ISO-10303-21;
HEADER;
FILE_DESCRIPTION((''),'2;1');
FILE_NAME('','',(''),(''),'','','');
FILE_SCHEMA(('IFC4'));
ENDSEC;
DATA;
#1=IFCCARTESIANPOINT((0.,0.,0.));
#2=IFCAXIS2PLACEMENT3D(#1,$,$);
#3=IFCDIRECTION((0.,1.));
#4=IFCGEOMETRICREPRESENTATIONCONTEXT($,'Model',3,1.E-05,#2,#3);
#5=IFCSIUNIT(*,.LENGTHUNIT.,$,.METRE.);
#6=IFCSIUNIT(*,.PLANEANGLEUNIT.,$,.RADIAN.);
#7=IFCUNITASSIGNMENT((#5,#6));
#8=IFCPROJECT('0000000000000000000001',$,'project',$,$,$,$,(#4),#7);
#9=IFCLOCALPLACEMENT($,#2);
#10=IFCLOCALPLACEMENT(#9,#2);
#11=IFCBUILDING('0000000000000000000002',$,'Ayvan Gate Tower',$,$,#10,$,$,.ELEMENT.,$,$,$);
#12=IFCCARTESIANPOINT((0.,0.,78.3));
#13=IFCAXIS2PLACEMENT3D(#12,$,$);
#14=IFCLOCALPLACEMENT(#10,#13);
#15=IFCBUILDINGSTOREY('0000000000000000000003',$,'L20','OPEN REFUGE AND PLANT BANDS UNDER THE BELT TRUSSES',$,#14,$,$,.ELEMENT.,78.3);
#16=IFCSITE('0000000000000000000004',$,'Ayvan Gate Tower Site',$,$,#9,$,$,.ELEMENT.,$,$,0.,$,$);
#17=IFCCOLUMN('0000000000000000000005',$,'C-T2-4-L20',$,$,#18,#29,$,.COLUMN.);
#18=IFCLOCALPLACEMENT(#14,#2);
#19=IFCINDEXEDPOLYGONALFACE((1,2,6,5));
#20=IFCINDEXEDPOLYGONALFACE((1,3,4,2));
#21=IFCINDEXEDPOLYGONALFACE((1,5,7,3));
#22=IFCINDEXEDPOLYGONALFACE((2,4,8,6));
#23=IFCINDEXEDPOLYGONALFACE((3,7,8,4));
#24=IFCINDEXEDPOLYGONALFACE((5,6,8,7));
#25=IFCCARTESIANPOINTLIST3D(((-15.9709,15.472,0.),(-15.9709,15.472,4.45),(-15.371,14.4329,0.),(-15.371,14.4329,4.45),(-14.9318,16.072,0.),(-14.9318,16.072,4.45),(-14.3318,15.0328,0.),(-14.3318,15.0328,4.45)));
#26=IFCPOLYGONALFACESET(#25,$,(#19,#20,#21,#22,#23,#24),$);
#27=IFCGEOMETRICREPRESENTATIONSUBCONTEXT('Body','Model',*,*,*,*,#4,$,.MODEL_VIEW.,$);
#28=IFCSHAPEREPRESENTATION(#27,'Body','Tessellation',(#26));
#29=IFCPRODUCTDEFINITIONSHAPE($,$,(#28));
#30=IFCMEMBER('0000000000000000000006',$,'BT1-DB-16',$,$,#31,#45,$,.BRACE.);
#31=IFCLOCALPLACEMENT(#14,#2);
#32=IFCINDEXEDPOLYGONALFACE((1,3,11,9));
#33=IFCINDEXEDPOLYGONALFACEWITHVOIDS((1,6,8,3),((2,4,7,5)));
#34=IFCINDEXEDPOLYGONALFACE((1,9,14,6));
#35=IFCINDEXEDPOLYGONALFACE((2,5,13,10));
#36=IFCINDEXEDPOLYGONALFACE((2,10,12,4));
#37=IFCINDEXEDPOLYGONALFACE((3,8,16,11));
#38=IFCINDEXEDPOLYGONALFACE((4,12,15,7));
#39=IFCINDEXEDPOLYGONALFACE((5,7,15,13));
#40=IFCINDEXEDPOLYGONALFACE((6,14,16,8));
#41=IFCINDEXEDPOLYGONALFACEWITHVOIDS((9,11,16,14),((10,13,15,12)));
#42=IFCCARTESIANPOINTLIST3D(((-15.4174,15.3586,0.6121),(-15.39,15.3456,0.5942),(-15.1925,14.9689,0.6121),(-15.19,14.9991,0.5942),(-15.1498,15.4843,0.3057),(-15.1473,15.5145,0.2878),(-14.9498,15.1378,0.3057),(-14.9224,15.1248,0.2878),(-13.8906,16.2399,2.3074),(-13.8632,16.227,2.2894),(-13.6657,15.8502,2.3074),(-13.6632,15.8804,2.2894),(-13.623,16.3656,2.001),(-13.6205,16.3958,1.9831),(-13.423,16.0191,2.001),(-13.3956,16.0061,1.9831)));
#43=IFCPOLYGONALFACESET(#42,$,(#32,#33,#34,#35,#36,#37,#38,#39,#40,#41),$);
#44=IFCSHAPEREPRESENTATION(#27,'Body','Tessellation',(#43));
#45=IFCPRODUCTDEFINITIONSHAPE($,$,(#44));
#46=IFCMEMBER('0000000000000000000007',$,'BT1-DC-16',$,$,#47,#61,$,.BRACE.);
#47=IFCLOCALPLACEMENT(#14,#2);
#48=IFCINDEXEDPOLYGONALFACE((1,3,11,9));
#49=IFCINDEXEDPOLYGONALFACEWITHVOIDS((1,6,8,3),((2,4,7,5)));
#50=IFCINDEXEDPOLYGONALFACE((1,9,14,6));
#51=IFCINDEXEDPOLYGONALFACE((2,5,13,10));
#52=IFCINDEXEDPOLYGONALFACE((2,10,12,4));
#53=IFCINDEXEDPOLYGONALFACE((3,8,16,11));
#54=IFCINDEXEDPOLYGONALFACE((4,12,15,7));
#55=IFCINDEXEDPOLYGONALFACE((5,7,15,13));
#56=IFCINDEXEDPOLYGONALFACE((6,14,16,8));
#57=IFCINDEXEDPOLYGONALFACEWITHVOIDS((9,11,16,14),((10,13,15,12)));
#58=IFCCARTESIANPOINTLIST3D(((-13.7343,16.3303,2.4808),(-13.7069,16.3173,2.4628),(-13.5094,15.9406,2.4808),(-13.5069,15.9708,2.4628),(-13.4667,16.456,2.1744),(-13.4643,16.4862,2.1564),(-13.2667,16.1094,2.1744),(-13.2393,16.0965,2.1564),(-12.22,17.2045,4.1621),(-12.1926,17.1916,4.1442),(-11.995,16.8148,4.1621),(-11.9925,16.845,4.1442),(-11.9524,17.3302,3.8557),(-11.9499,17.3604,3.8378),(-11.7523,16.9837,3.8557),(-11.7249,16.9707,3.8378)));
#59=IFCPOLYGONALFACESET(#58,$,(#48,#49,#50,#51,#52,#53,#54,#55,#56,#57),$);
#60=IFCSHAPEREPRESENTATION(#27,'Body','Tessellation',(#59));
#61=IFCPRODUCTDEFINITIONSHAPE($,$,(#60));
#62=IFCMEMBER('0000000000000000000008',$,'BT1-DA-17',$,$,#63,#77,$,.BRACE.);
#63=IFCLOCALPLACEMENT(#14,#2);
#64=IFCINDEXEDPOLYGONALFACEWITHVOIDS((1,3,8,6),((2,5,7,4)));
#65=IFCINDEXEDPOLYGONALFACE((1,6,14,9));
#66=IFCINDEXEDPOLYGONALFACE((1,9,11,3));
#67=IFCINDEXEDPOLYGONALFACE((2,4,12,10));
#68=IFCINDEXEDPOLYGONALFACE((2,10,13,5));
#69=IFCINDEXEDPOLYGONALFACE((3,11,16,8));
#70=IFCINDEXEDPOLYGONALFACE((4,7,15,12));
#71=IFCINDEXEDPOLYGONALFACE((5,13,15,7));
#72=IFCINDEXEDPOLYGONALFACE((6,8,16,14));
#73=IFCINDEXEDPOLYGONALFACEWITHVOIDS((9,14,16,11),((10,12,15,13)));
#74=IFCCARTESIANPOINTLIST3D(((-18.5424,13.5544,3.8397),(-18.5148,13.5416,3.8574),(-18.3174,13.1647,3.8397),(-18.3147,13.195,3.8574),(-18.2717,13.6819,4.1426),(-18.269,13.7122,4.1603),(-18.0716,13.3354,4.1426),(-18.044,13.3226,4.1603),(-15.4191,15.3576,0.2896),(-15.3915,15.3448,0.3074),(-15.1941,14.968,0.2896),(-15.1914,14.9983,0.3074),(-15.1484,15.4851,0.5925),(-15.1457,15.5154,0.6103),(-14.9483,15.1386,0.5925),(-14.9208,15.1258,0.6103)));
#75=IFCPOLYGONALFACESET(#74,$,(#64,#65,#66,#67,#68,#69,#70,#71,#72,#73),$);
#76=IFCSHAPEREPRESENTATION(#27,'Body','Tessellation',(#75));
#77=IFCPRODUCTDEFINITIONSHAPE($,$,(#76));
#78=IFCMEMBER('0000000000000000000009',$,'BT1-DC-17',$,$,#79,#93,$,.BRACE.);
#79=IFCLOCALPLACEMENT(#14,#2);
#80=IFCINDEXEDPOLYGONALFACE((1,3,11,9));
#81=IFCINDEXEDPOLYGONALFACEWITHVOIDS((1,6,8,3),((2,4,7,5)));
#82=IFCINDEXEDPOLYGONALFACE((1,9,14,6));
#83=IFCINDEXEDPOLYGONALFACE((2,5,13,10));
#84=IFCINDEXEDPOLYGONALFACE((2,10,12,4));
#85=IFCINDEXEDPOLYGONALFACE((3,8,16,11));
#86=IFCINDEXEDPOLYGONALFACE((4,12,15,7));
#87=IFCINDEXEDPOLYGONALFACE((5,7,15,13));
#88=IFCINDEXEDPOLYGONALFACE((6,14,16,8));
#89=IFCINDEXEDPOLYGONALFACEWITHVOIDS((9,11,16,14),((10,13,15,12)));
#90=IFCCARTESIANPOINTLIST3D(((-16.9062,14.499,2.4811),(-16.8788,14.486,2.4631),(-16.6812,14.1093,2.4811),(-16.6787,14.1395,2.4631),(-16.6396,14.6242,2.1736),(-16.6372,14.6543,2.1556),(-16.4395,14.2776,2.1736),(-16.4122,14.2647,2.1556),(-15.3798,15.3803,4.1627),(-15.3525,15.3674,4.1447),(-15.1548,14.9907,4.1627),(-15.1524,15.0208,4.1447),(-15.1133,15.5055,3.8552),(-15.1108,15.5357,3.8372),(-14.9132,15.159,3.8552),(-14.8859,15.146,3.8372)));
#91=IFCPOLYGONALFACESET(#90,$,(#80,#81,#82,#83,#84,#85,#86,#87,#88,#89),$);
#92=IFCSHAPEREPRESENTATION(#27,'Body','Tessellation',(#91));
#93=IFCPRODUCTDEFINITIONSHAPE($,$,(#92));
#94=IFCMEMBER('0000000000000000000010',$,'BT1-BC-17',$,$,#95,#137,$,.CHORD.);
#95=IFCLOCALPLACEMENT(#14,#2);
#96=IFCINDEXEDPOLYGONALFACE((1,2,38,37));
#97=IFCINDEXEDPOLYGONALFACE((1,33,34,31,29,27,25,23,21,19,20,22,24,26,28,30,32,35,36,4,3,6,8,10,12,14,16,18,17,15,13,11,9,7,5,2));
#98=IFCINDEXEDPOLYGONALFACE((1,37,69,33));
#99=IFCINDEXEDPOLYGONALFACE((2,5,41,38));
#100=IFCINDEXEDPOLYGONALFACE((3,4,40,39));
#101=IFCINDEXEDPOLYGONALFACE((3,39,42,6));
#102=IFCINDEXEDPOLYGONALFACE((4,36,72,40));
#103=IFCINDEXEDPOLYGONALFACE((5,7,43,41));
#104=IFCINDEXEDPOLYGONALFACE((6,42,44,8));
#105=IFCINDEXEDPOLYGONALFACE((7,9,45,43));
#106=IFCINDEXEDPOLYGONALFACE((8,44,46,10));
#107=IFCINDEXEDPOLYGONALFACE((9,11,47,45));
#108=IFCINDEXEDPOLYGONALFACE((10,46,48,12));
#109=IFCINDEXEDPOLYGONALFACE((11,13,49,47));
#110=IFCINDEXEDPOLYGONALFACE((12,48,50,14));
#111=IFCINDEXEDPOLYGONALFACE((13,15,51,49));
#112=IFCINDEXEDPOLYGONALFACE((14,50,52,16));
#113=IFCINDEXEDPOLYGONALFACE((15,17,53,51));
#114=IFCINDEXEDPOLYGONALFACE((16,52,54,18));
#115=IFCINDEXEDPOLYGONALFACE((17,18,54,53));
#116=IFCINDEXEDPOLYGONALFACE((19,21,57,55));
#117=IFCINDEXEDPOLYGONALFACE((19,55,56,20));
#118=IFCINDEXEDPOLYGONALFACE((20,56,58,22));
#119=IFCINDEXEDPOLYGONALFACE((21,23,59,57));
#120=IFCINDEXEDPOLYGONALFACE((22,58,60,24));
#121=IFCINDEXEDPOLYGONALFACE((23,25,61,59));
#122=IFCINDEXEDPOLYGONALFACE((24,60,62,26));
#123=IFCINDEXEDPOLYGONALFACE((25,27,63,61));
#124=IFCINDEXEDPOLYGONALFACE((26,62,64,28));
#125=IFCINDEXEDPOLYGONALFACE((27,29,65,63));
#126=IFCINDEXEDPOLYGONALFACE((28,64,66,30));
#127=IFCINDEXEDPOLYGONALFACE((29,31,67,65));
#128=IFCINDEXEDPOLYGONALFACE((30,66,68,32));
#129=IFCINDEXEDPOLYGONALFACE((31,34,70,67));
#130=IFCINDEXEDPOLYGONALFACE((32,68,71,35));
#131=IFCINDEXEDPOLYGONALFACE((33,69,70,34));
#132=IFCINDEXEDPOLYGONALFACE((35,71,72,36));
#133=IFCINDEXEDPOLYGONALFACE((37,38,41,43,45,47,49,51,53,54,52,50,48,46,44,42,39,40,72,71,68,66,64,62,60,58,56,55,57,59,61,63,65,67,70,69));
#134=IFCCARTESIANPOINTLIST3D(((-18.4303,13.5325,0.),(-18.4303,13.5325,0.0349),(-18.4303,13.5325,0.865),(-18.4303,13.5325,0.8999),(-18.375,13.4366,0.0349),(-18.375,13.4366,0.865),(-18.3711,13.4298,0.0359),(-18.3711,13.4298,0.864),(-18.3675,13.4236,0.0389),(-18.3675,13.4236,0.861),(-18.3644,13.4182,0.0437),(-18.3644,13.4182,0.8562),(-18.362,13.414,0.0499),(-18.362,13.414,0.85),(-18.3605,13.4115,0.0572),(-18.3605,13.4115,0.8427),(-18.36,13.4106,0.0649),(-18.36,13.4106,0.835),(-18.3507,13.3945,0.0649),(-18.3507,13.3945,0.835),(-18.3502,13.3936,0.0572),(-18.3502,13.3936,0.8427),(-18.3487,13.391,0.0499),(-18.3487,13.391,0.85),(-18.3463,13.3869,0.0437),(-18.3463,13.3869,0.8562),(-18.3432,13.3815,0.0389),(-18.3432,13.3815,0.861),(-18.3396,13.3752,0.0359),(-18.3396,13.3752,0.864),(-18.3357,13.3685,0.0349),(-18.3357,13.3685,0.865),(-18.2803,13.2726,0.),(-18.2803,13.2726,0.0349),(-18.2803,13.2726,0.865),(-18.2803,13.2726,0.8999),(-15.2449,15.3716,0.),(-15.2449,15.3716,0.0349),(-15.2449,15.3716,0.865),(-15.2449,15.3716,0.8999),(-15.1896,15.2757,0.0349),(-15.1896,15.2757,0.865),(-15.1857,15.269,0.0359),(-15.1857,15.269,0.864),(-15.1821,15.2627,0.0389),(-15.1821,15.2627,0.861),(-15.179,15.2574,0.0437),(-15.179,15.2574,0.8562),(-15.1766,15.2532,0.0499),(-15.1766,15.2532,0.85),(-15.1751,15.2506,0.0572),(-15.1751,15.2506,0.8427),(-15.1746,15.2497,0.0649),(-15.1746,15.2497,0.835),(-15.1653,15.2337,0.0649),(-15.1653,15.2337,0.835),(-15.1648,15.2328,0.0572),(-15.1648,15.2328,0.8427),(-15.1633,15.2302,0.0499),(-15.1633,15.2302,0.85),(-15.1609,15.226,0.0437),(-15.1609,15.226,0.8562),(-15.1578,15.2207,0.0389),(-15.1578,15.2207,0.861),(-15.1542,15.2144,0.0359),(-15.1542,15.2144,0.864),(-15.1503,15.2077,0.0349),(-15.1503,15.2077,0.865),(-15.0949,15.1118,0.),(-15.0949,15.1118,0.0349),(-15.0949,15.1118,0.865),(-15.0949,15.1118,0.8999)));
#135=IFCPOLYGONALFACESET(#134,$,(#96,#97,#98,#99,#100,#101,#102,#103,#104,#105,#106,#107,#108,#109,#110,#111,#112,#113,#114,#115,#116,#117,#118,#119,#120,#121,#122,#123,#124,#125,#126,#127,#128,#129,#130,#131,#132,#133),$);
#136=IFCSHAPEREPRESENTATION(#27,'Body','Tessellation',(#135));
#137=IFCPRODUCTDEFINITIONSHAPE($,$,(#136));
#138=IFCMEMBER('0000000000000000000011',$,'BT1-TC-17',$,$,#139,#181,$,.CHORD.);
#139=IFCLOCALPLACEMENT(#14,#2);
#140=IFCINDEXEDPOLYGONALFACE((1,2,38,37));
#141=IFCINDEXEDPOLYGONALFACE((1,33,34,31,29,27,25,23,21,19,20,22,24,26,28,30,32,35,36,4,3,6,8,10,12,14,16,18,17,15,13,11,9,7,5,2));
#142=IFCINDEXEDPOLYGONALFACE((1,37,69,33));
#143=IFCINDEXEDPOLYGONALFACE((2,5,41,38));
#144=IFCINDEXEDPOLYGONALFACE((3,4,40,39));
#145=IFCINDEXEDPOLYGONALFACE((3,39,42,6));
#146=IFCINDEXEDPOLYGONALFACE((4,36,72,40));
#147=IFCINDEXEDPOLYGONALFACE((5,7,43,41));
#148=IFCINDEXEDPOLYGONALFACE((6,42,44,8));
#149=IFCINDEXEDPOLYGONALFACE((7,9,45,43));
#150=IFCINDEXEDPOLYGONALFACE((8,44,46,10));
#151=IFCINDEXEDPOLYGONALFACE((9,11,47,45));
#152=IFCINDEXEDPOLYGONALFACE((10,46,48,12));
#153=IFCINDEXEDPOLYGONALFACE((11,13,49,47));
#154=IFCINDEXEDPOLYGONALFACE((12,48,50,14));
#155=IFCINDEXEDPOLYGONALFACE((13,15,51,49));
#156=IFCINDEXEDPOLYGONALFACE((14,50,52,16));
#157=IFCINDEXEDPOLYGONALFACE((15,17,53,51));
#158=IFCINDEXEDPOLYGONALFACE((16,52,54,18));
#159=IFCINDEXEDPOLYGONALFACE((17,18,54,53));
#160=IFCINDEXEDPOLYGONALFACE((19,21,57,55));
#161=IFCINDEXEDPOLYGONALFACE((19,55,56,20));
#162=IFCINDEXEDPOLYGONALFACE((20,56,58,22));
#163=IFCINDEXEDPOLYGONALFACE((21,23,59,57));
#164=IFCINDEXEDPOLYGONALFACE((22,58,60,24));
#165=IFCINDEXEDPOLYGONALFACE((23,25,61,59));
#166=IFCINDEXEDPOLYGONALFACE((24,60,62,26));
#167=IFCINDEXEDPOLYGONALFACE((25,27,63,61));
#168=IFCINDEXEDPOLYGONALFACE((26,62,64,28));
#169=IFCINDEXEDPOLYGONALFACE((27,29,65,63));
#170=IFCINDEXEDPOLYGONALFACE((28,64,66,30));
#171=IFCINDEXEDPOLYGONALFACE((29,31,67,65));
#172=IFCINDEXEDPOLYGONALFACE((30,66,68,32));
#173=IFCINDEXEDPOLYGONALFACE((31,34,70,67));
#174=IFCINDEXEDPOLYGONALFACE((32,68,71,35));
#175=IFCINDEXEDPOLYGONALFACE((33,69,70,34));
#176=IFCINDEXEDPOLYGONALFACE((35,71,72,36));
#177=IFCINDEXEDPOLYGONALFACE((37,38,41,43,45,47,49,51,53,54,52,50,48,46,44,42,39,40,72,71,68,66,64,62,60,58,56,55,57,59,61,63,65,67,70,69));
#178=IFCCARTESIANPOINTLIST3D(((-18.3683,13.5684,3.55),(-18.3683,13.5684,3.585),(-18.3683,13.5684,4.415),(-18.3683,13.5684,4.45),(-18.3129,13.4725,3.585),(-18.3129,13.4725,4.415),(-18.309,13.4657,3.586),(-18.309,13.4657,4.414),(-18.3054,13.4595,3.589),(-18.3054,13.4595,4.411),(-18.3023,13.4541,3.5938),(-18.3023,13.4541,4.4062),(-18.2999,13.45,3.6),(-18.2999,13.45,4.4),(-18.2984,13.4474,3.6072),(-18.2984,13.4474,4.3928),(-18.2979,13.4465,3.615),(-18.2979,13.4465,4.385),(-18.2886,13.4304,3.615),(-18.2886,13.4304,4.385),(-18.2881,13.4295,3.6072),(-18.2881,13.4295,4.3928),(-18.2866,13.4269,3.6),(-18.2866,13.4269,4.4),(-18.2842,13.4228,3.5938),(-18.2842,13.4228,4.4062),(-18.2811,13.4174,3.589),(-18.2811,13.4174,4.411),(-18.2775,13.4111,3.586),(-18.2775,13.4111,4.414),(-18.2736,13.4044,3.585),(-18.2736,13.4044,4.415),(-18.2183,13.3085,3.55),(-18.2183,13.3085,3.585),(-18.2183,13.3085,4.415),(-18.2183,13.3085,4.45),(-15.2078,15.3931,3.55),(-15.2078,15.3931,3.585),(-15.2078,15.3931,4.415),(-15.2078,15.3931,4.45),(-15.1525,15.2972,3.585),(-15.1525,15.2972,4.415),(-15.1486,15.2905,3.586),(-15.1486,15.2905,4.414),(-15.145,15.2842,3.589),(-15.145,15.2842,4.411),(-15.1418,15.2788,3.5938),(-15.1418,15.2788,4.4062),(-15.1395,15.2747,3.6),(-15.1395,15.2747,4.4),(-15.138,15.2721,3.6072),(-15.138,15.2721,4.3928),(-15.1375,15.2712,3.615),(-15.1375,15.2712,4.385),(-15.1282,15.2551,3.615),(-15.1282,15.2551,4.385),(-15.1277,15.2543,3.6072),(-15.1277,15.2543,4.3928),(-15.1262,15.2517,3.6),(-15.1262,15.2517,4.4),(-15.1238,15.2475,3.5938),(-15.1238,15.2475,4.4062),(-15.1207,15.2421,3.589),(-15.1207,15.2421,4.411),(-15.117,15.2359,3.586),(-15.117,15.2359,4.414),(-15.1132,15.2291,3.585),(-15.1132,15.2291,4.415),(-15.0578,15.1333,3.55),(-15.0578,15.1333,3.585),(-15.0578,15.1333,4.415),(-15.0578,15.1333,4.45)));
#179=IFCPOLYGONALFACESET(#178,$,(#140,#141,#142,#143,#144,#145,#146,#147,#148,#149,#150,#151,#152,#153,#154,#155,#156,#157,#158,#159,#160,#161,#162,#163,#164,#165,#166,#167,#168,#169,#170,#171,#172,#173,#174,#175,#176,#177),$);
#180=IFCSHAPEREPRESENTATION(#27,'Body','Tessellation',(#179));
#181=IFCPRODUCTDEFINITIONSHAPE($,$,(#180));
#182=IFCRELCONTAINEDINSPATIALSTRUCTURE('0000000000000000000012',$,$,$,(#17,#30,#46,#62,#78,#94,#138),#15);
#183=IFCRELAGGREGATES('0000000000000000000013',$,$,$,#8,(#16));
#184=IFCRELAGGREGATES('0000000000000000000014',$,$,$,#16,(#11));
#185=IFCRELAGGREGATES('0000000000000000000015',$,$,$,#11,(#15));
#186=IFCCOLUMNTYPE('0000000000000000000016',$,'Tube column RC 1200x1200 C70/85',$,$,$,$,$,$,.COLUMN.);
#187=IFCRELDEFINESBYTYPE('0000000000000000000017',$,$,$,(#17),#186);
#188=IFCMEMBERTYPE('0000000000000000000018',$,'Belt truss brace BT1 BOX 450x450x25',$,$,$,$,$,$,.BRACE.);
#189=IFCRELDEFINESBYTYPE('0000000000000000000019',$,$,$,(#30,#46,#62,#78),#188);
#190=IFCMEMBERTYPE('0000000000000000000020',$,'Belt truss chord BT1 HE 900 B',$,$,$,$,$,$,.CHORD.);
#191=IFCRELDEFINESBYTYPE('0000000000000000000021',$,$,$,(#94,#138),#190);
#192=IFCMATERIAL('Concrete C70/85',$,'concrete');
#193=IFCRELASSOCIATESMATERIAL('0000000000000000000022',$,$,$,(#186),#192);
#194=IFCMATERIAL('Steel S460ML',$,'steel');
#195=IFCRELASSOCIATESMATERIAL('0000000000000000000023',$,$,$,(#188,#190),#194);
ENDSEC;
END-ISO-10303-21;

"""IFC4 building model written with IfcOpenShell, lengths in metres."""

from ifc_helpers import new_model, si_unit, direction, frame, origin, origin_2d, place, context, subcontext, project, spatial, rectangle, hollow_rectangle, i_section, extrude, material, material_profile, profile_set, type_object, element, save


model = new_model("IFC4")

# Units and contexts
model_context = context("Model", 3, precision=1e-05, world=origin(), true_north=direction((0.0, 1.0)))
body_context = subcontext(model_context, "Body", "Model", "MODEL_VIEW")
ifc_project = project(units=[si_unit("LENGTHUNIT", "METRE"), si_unit("PLANEANGLEUNIT", "RADIAN")], contexts=[model_context])

# Site, building, storey
site_placement = place(None, origin())
site = spatial("IfcSite", under=ifc_project, at=site_placement, Name="Ayvan Gate Tower Site", CompositionType="ELEMENT", RefElevation=0.0)
building_placement = place(site_placement, origin())
building = spatial("IfcBuilding", under=site, at=building_placement, Name="Ayvan Gate Tower", CompositionType="ELEMENT")
storey_placement = place(building_placement, frame((0.0, 0.0, 78.3)))
storey = spatial("IfcBuildingStorey", under=building, at=storey_placement, Name="L20", Description="OPEN REFUGE AND PLANT BANDS UNDER THE BELT TRUSSES", CompositionType="ELEMENT", Elevation=78.3)

# Column
ifc_material_1 = material(Name="Concrete C70/85", Category="concrete")
ifc_material_profile_1 = material_profile(ifc_material_1, rectangle(XDim=1.2, YDim=1.2, at=origin_2d()), Name="RC 1200x1200")
ifc_profile_set_1 = profile_set([ifc_material_profile_1], Name="Concrete C70/85")
column_type = type_object("IfcColumnType", Name="Tube column RC 1200x1200 C70/85", PredefinedType="COLUMN", material=ifc_profile_set_1)
column_placement = place(storey_placement, frame((-15.1514, 15.2524, 0.0), z_axis=(0.0, 0.0, 1.0), x_axis=(-0.5, 0.866025, 0.0)))
element("IfcColumn", 1, at=column_placement, inside=storey, type_object=column_type, Name="C-T2-4-L20", PredefinedType="COLUMN", context=body_context, shape_type="SweptSolid", body=[
    extrude(rectangle(XDim=1.2, YDim=1.2, at=origin_2d()), origin(), (0.0, 0.0, 1.0), 4.45),
])

# Members
ifc_material_2 = material(Name="Steel S460ML", Category="steel")
ifc_material_profile_2 = material_profile(ifc_material_2, hollow_rectangle(XDim=0.45, YDim=0.45, WallThickness=0.0249, at=origin_2d()), Name="BOX 450x450x25")
ifc_profile_set_2 = profile_set([ifc_material_profile_2], Name="Steel S460ML")
member_type_1 = type_object("IfcMemberType", Name="Belt truss brace BT1 BOX 450x450x25", PredefinedType="BRACE", material=ifc_profile_set_2)
member_1_placement = place(storey_placement, frame((-15.1699, 15.2417, 0.45), z_axis=(0.624266, 0.360345, 0.69314), x_axis=(-0.499922, 0.86607, 0.0)))
element("IfcMember", 2, at=member_1_placement, inside=storey, type_object=member_type_1, Name="BT1-DB-16", PredefinedType="BRACE", context=body_context, shape_type="SweptSolid", body=[
    extrude(hollow_rectangle(XDim=0.45, YDim=0.45, WallThickness=0.0249, at=origin_2d()), origin(), (0.0, 0.0, 1.0), 2.4458),
])
member_2_placement = place(storey_placement, frame((-13.4868, 16.2134, 2.3186), z_axis=(0.624272, 0.360393, 0.69311), x_axis=(-0.499968, 0.866044, 0.0)))
element("IfcMember", 3, at=member_2_placement, inside=storey, type_object=member_type_1, Name="BT1-DC-16", PredefinedType="BRACE", context=body_context, shape_type="SweptSolid", body=[
    extrude(hollow_rectangle(XDim=0.45, YDim=0.45, WallThickness=0.0249, at=origin_2d()), origin(), (0.0, 0.0, 1.0), 2.4258),
])
member_3_placement = place(storey_placement, frame((-15.1699, 15.2417, 0.45), z_axis=(-0.617181, -0.356328, 0.701511), x_axis=(0.499998, -0.866027, 0.0)))
element("IfcMember", 4, at=member_3_placement, inside=storey, type_object=member_type_1, Name="BT1-DA-17", PredefinedType="BRACE", context=body_context, shape_type="SweptSolid", body=[
    extrude(hollow_rectangle(XDim=0.45, YDim=0.45, WallThickness=0.0249, at=origin_2d()), origin(), (0.0, 0.0, 1.0), 5.0605),
])
member_4_placement = place(storey_placement, frame((-16.6592, 14.3818, 2.3184), z_axis=(0.626567, 0.361789, 0.690306), x_axis=(-0.500042, 0.866001, 0.0)))
element("IfcMember", 5, at=member_4_placement, inside=storey, type_object=member_type_1, Name="BT1-DC-17", PredefinedType="BRACE", context=body_context, shape_type="SweptSolid", body=[
    extrude(hollow_rectangle(XDim=0.45, YDim=0.45, WallThickness=0.0249, at=origin_2d()), origin(), (0.0, 0.0, 1.0), 2.436),
])
ifc_material_profile_3 = material_profile(ifc_material_2, i_section(OverallWidth=0.3, OverallDepth=0.8999, WebThickness=0.0186, FlangeThickness=0.0349, FilletRadius=0.03, at=origin_2d()), Name="HE 900 B")
ifc_profile_set_3 = profile_set([ifc_material_profile_3], Name="Steel S460ML")
member_type_2 = type_object("IfcMemberType", Name="Belt truss chord BT1 HE 900 B", PredefinedType="CHORD", material=ifc_profile_set_3)
member_5_placement = place(storey_placement, frame((-15.1699, 15.2417, 0.45), z_axis=(-0.866016, -0.500015, 0.0), x_axis=(0.500015, -0.866016, 0.0)))
element("IfcMember", 6, at=member_5_placement, inside=storey, type_object=member_type_2, Name="BT1-BC-17", PredefinedType="CHORD", context=body_context, shape_type="SweptSolid", body=[
    extrude(i_section(OverallWidth=0.3, OverallDepth=0.8999, WebThickness=0.0186, FlangeThickness=0.0349, FilletRadius=0.03, at=origin_2d()), origin(), (0.0, 0.0, 1.0), 3.6782),
])
member_6_placement = place(storey_placement, frame((-15.1328, 15.2632, 4.0), z_axis=(-0.86602, -0.50001, 0.0), x_axis=(0.50001, -0.86602, 0.0)))
element("IfcMember", 7, at=member_6_placement, inside=storey, type_object=member_type_2, Name="BT1-TC-17", PredefinedType="CHORD", context=body_context, shape_type="SweptSolid", body=[
    extrude(i_section(OverallWidth=0.3, OverallDepth=0.8999, WebThickness=0.0186, FlangeThickness=0.0349, FilletRadius=0.03, at=origin_2d()), origin(), (0.0, 0.0, 1.0), 3.6494),
])

save(model, "model.ifc")
